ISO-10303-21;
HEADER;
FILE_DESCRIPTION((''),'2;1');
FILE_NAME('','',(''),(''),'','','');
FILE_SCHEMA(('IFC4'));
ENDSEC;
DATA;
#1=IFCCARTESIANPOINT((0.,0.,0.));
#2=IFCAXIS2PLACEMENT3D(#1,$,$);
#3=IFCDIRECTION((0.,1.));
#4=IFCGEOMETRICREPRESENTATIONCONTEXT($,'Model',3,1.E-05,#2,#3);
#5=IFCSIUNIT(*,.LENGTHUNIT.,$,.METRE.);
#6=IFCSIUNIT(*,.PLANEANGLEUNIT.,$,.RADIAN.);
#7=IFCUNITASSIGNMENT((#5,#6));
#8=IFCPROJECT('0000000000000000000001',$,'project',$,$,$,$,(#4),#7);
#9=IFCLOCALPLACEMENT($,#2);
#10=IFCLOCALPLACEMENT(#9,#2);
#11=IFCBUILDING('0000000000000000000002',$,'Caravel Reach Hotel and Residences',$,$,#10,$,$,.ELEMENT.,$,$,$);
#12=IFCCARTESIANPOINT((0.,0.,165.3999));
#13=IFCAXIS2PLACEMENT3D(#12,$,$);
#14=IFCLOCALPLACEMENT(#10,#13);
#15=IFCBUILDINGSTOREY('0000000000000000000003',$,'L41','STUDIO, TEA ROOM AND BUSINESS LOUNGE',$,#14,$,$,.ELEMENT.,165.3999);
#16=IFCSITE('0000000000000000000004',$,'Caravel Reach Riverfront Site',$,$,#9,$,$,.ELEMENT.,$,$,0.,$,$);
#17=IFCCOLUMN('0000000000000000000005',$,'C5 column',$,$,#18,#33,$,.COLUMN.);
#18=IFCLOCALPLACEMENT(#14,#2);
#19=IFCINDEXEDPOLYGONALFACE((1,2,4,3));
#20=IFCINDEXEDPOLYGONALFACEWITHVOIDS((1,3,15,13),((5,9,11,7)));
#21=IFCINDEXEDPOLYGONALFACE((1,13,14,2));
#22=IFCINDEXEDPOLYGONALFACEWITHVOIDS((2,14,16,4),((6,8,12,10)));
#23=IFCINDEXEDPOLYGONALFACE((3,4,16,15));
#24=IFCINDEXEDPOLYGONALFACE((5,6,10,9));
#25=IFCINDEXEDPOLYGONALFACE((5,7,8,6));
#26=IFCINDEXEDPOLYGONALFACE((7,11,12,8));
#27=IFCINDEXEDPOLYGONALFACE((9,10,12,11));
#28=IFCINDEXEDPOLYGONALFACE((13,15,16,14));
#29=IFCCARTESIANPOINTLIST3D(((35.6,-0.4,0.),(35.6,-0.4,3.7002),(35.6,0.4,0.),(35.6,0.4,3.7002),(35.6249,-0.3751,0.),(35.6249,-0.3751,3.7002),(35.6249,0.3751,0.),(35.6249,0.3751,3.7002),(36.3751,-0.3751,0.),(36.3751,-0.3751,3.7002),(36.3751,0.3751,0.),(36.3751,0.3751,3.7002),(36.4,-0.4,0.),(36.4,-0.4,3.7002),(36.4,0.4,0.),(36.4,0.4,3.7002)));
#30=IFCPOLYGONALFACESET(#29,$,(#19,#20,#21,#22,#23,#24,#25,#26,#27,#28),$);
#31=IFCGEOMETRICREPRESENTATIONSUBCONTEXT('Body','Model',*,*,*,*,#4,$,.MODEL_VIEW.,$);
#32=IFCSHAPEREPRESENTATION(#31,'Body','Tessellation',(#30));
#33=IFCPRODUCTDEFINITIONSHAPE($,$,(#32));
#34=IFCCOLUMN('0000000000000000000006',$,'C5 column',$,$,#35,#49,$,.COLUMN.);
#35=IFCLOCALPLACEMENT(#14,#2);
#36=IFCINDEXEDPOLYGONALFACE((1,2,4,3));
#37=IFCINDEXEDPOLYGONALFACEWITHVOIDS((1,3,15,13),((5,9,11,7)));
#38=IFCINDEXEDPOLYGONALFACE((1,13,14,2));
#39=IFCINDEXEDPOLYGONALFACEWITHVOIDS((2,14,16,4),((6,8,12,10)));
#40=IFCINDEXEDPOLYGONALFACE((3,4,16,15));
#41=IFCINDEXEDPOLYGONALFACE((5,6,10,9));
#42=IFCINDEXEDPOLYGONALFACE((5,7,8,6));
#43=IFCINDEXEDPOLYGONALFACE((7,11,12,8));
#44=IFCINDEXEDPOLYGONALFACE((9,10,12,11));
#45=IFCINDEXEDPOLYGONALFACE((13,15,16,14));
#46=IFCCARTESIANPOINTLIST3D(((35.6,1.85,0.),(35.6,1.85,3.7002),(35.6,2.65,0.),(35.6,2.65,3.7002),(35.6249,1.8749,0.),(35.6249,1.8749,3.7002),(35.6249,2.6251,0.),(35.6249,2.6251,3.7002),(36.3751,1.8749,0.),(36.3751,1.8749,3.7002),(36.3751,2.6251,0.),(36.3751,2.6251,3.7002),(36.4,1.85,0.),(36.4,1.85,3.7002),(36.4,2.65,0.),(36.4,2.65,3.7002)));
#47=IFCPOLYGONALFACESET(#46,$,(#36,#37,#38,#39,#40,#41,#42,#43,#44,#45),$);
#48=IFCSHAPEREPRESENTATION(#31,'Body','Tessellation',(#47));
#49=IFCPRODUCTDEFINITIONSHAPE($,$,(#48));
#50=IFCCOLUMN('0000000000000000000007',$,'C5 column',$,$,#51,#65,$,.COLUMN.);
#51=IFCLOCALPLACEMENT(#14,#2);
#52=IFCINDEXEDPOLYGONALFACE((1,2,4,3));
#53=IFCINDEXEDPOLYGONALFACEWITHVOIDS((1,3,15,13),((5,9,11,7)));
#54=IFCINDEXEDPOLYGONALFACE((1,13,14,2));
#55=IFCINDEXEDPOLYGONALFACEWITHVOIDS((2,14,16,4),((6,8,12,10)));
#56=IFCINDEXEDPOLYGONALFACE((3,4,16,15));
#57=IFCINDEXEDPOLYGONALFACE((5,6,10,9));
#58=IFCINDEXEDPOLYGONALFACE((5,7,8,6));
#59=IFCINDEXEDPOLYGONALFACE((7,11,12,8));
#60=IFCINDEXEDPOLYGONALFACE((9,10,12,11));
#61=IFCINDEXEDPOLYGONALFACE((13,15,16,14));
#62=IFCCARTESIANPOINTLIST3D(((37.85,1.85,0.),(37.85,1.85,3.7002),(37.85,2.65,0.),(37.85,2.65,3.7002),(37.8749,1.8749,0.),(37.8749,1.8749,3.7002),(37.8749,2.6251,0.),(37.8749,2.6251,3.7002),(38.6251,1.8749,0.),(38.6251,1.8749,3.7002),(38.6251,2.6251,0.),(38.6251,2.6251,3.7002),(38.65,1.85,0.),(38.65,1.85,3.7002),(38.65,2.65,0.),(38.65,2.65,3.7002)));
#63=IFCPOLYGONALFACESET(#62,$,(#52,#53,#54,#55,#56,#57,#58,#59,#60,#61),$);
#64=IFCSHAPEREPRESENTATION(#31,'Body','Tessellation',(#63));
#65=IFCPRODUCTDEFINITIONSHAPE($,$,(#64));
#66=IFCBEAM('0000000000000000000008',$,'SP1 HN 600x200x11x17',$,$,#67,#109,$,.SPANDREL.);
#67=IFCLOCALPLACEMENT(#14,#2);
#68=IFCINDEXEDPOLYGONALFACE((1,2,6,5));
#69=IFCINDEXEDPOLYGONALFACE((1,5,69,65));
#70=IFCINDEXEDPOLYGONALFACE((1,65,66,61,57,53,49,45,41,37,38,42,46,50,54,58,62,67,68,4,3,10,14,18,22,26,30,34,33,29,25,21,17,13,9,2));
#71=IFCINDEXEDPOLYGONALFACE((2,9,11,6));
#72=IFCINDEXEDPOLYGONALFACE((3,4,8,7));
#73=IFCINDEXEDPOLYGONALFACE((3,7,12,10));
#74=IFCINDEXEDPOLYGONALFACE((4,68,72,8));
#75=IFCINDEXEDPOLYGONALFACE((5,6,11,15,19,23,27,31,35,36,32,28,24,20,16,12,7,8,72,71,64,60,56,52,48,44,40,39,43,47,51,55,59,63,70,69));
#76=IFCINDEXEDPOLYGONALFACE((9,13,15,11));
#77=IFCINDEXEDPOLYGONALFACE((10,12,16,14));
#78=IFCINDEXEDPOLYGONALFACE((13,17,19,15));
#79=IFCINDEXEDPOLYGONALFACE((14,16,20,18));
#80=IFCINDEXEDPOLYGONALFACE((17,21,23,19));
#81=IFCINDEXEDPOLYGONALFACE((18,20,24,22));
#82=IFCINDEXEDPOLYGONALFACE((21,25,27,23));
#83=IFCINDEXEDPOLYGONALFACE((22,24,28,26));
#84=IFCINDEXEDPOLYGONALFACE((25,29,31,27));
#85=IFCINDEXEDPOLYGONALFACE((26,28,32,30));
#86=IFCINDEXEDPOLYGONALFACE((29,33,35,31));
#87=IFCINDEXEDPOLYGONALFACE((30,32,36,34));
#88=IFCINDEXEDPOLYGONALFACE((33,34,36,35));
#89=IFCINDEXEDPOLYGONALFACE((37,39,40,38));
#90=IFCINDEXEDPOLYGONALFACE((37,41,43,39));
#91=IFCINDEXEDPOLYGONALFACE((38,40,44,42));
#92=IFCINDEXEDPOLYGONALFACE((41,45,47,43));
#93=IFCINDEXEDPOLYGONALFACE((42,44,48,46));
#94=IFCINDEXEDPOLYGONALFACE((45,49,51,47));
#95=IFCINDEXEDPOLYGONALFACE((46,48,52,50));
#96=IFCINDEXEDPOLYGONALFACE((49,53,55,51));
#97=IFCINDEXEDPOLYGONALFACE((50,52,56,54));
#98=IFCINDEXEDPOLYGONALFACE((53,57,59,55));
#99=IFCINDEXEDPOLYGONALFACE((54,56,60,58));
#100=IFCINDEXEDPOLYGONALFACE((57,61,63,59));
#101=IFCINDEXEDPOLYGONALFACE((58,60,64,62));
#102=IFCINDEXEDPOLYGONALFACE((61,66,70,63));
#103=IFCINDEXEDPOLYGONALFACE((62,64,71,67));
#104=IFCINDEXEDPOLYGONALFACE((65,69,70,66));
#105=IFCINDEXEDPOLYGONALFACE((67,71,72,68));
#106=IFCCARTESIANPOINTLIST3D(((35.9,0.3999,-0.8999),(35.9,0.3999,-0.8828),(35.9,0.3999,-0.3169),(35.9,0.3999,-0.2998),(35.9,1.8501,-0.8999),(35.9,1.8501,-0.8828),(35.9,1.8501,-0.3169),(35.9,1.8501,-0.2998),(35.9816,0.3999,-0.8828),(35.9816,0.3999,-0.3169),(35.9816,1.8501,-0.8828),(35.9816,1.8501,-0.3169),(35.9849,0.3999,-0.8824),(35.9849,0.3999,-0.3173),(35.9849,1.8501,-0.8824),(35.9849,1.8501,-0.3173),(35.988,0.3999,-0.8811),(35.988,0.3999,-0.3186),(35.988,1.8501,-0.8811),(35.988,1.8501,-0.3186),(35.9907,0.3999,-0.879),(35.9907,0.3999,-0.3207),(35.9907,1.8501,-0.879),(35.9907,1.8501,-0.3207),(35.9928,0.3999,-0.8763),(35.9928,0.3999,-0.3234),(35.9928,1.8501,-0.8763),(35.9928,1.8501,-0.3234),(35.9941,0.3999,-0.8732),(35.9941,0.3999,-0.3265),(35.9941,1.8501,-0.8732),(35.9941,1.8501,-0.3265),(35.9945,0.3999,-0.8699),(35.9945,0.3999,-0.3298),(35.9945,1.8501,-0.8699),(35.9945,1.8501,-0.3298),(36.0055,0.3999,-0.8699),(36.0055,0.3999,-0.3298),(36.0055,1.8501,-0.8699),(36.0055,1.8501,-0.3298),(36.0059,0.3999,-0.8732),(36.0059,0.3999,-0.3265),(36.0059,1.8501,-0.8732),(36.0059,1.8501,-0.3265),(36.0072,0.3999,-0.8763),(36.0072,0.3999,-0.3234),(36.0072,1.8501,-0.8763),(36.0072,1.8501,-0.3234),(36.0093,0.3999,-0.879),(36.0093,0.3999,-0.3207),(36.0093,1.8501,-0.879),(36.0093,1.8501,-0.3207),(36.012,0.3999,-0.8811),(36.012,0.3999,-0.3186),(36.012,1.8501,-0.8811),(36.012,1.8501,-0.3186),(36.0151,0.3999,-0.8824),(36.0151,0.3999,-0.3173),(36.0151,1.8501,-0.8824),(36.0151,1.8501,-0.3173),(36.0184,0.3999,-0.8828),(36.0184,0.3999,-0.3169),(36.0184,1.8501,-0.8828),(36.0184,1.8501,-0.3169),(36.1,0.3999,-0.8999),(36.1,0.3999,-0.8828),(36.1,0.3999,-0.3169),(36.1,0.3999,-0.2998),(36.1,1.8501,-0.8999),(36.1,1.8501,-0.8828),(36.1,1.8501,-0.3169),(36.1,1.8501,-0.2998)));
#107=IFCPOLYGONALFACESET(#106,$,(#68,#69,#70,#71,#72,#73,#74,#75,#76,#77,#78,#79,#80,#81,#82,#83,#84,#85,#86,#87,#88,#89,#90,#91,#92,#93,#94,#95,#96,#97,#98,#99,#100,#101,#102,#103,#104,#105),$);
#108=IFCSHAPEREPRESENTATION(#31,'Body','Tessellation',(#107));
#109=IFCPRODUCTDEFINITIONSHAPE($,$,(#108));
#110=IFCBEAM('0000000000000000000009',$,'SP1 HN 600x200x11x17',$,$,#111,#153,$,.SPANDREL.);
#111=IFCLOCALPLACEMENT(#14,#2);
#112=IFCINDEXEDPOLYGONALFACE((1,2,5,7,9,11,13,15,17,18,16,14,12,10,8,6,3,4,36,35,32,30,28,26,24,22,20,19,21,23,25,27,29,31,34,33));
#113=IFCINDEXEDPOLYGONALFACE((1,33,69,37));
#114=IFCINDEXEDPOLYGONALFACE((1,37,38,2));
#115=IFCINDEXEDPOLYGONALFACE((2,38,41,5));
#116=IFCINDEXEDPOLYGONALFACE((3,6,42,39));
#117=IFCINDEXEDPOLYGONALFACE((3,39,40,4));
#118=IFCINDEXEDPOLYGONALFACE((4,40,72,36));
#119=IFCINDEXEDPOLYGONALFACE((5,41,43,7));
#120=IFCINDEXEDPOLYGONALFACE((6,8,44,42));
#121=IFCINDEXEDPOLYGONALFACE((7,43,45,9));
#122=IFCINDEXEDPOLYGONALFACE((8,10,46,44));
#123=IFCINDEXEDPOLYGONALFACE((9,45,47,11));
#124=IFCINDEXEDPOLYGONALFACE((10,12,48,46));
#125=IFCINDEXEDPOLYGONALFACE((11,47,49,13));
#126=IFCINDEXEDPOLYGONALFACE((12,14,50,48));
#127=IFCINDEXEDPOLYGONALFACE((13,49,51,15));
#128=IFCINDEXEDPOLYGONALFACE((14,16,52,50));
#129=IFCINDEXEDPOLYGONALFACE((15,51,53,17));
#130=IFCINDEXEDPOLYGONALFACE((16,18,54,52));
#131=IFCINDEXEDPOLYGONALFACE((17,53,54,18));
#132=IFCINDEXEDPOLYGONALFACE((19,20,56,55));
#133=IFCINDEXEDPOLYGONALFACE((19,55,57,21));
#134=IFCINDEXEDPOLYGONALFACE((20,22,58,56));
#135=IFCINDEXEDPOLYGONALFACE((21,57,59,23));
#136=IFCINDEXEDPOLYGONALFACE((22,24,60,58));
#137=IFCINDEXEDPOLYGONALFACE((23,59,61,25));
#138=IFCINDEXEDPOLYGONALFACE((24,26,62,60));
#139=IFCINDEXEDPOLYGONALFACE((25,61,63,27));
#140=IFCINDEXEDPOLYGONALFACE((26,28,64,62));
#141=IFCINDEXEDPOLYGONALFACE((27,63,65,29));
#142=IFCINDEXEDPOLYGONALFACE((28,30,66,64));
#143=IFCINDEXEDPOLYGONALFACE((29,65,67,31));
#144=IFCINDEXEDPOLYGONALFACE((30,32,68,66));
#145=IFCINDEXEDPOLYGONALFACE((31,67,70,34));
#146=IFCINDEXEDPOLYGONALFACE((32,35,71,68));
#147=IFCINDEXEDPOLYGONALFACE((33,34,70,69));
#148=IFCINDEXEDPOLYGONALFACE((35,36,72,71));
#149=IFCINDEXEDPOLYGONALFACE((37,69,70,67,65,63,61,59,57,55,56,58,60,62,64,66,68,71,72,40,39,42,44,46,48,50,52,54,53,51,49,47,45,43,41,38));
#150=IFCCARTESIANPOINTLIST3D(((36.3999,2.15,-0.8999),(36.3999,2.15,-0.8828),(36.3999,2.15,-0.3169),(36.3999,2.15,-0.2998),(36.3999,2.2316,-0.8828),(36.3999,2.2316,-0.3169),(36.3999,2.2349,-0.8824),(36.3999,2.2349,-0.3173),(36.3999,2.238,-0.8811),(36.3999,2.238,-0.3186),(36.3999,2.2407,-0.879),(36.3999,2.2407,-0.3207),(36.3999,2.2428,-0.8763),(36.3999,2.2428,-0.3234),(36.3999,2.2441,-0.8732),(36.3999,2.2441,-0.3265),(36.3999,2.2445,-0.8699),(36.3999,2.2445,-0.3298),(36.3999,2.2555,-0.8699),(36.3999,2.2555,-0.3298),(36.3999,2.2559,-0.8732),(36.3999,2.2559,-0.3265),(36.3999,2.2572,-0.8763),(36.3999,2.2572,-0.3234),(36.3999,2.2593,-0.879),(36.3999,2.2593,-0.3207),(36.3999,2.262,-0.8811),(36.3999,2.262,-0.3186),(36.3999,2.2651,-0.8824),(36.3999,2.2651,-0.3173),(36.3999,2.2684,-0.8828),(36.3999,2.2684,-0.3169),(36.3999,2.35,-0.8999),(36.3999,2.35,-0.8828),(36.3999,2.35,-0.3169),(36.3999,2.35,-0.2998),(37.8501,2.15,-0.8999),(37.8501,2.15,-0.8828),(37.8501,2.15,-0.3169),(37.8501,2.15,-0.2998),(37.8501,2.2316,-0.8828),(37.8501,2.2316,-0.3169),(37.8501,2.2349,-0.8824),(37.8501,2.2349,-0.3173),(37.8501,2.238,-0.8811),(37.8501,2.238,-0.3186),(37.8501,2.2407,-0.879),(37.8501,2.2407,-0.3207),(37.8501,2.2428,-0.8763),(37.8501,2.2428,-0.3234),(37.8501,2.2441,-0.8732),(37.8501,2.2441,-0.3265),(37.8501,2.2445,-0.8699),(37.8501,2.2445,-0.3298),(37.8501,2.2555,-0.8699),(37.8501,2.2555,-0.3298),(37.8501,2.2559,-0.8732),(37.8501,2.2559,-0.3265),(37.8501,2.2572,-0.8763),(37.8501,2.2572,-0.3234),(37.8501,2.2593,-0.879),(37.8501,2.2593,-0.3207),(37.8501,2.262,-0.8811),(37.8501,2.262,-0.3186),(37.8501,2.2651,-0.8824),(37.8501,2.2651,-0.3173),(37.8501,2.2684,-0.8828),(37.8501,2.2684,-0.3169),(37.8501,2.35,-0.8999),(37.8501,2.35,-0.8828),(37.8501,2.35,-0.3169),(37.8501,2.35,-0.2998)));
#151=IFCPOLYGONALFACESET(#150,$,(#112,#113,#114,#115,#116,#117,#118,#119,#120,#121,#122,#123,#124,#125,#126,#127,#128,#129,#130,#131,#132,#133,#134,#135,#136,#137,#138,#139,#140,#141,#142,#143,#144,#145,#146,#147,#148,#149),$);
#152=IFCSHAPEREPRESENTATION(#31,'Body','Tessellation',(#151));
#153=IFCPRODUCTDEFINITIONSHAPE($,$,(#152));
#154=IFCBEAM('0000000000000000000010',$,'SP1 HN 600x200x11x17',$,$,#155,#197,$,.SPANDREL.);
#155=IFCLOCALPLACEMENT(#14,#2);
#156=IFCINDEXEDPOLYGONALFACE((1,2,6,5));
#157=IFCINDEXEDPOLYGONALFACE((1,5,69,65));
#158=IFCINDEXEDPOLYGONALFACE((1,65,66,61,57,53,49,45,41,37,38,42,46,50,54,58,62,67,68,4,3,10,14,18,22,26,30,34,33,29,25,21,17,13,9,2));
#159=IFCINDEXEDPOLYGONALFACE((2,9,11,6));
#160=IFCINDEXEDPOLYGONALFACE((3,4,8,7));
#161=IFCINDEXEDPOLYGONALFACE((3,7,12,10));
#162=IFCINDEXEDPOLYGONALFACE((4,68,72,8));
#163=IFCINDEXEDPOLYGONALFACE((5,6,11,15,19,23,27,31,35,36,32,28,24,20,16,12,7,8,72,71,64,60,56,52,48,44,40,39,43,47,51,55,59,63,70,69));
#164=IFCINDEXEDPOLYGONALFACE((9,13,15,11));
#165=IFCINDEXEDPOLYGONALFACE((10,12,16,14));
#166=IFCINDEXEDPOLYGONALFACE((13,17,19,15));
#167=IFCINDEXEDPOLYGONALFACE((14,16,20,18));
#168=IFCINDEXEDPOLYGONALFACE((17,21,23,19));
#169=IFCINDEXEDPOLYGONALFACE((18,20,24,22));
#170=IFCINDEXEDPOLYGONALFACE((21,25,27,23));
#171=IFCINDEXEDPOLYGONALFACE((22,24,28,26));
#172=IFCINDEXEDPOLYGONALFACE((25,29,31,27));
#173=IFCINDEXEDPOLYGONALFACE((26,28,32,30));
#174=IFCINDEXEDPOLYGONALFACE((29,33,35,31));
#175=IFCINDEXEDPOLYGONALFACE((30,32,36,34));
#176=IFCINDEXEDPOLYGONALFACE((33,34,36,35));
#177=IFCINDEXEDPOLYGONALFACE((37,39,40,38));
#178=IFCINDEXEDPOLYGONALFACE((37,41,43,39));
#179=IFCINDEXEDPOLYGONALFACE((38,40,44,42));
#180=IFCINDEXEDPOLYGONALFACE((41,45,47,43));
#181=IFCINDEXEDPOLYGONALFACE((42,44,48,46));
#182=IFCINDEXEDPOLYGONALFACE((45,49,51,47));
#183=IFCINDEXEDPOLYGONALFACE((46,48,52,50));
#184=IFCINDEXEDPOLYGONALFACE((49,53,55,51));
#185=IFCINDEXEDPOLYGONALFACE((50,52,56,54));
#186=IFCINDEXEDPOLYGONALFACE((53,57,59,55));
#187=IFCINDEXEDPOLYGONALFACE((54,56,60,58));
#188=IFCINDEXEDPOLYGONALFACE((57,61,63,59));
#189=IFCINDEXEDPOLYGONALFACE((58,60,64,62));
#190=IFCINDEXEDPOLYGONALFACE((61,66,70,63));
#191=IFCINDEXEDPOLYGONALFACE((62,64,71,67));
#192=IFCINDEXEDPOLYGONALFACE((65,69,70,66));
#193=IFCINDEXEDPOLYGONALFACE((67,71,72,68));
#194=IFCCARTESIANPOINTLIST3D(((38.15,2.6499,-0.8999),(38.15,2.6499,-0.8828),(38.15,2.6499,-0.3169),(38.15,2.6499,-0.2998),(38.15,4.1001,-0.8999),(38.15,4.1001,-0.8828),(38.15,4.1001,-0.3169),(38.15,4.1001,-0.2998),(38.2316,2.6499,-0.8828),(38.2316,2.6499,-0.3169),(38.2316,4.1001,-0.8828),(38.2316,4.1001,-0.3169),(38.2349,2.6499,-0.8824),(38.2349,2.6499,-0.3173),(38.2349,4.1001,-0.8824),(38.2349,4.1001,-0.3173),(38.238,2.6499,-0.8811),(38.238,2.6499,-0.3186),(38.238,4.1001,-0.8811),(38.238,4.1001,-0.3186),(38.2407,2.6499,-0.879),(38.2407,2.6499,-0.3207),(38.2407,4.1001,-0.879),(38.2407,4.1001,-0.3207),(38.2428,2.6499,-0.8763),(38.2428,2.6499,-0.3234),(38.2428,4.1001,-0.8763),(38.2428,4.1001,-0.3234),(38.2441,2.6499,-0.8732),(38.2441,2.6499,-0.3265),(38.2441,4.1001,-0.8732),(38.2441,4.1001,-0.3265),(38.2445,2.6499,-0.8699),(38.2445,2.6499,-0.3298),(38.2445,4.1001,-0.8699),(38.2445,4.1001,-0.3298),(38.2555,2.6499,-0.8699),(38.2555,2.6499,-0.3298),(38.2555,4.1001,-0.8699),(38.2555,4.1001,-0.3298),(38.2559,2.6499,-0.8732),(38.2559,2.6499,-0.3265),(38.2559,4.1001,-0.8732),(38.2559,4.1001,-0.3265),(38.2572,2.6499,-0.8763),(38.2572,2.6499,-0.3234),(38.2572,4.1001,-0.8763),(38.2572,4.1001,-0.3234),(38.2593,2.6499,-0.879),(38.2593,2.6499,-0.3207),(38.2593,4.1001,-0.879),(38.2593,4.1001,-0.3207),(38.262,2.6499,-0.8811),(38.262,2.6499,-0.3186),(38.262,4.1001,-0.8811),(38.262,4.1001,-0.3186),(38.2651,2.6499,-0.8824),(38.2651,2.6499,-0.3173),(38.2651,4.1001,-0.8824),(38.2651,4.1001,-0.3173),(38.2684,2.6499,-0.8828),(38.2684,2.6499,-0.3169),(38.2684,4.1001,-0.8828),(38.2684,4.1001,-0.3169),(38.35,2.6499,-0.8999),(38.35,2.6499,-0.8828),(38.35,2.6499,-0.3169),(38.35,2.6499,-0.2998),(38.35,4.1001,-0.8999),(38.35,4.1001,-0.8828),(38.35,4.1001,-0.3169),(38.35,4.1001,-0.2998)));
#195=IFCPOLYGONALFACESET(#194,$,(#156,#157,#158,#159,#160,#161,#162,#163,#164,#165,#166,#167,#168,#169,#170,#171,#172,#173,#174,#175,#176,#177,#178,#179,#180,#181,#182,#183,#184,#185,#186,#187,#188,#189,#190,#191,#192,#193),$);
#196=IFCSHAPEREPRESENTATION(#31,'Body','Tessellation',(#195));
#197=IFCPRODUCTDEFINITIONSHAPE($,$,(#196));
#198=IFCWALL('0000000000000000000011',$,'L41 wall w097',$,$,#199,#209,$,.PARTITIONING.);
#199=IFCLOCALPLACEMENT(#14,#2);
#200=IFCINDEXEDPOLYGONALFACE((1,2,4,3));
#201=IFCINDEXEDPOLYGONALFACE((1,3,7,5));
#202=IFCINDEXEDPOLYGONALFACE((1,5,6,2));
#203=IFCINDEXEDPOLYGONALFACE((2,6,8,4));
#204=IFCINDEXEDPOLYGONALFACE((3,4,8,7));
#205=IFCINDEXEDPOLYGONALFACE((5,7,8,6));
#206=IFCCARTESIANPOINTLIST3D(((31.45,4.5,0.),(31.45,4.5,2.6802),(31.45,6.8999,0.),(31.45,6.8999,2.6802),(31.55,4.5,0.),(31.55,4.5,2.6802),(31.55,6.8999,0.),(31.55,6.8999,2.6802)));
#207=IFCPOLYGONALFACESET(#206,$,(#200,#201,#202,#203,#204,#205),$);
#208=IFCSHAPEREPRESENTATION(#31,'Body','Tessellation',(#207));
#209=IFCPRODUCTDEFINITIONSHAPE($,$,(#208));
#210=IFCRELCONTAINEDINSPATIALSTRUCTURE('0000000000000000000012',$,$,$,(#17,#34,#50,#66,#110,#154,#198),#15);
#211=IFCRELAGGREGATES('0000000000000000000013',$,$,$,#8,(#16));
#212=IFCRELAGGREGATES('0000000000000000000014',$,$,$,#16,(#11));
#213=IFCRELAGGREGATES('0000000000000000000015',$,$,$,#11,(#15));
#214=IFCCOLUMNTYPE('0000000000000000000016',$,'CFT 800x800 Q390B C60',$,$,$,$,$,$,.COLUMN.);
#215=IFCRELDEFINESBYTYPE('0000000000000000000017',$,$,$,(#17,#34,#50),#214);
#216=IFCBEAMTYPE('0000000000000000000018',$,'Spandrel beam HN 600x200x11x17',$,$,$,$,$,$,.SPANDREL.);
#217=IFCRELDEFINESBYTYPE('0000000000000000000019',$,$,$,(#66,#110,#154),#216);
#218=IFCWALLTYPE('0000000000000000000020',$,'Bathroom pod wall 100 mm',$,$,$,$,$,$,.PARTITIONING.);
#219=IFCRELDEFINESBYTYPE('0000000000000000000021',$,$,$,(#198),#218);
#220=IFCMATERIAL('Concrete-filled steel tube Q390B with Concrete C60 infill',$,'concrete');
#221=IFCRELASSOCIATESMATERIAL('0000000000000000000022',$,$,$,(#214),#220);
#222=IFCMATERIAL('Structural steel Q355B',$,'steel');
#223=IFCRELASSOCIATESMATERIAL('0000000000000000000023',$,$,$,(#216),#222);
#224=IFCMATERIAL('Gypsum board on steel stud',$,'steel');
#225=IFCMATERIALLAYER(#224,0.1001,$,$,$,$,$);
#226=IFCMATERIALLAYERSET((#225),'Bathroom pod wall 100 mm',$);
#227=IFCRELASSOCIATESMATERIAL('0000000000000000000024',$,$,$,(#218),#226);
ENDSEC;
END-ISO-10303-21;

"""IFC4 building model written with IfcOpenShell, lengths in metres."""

from ifc_helpers import new_model, si_unit, direction, frame, frame_2d, origin, origin_2d, place, context, subcontext, project, spatial, rectangle, hollow_rectangle, i_section, extrude, material, layer, layer_set, material_profile, profile_set, type_object, element, save


model = new_model("IFC4")

# Units and contexts
model_context = context("Model", 3, precision=1e-05, world=origin(), true_north=direction((0.0, 1.0)))
body_context = subcontext(model_context, "Body", "Model", "MODEL_VIEW")
ifc_project = project(units=[si_unit("LENGTHUNIT", "METRE"), si_unit("PLANEANGLEUNIT", "RADIAN")], contexts=[model_context])

# Site, building, storey
site_placement = place(None, origin())
site = spatial("IfcSite", under=ifc_project, at=site_placement, Name="Caravel Reach Riverfront Site", CompositionType="ELEMENT", RefElevation=0.0)
building_placement = place(site_placement, origin())
building = spatial("IfcBuilding", under=site, at=building_placement, Name="Caravel Reach Hotel and Residences", CompositionType="ELEMENT")
storey_placement = place(building_placement, frame((0.0, 0.0, 165.3999)))
storey = spatial("IfcBuildingStorey", under=building, at=storey_placement, Name="L41", Description="STUDIO, TEA ROOM AND BUSINESS LOUNGE", CompositionType="ELEMENT", Elevation=165.3999)

# Columns
ifc_material_1 = material(Name="Concrete-filled steel tube Q390B with Concrete C60 infill", Category="concrete")
ifc_material_profile_1 = material_profile(ifc_material_1, hollow_rectangle(XDim=0.8, YDim=0.8, WallThickness=0.0249, at=origin_2d()), Name="RHS 800x800x25")
ifc_profile_set_1 = profile_set([ifc_material_profile_1], Name="Concrete-filled steel tube Q390B with Concrete C60 infill")
column_type = type_object("IfcColumnType", Name="CFT 800x800 Q390B C60", PredefinedType="COLUMN", material=ifc_profile_set_1)
for number, where, z_axis, x_axis, name in (
    (1, (36.0, 0.0, 0.0), (0.0, 0.0, 1.0), (1.0, 0.0, 0.0), "C5 column"),
    (2, (36.0, 2.25, 0.0), (0.0, 0.0, 1.0), (1.0, 0.0, 0.0), "C5 column"),
    (3, (38.25, 2.25, 0.0), (0.0, 0.0, 1.0), (1.0, 0.0, 0.0), "C5 column"),
):
    element("IfcColumn", number, at=place(storey_placement, frame(where, z_axis=z_axis, x_axis=x_axis)), inside=storey, type_object=column_type, Name=name, PredefinedType="COLUMN", context=body_context, shape_type="SweptSolid", body=[
        extrude(hollow_rectangle(XDim=0.8, YDim=0.8, WallThickness=0.0249, at=origin_2d()), origin(), (0.0, 0.0, 1.0), 3.7002),
    ])

# Beams
ifc_material_2 = material(Name="Structural steel Q355B", Category="steel")
ifc_material_profile_2 = material_profile(ifc_material_2, i_section(OverallWidth=0.2, OverallDepth=0.6001, WebThickness=0.011, FlangeThickness=0.0171, FilletRadius=0.0129, at=origin_2d()), Name="HN 600x200x11x17")
ifc_profile_set_2 = profile_set([ifc_material_profile_2], Name="Structural steel Q355B")
beam_type = type_object("IfcBeamType", Name="Spandrel beam HN 600x200x11x17", PredefinedType="SPANDREL", material=ifc_profile_set_2)
for number, where, z_axis, x_axis, name in (
    (4, (36.0, 0.3999, -0.5999), (0.0, 1.0, 0.0), (-1.0, 0.0, 0.0), "SP1 HN 600x200x11x17"),
    (5, (36.3999, 2.25, -0.5999), (1.0, 0.0, 0.0), (0.0, 1.0, 0.0), "SP1 HN 600x200x11x17"),
    (6, (38.25, 2.6499, -0.5999), (0.0, 1.0, 0.0), (-1.0, 0.0, 0.0), "SP1 HN 600x200x11x17"),
):
    element("IfcBeam", number, at=place(storey_placement, frame(where, z_axis=z_axis, x_axis=x_axis)), inside=storey, type_object=beam_type, Name=name, PredefinedType="SPANDREL", context=body_context, shape_type="SweptSolid", body=[
        extrude(i_section(OverallWidth=0.2, OverallDepth=0.6001, WebThickness=0.011, FlangeThickness=0.0171, FilletRadius=0.0129, at=origin_2d()), origin(), (0.0, 0.0, 1.0), 1.4502),
    ])

# Wall
ifc_material_3 = material(Name="Gypsum board on steel stud", Category="steel")
ifc_layer_1 = layer(ifc_material_3, 0.1001)
ifc_layer_set_1 = layer_set([ifc_layer_1], Name="Bathroom pod wall 100 mm")
wall_type_1 = type_object("IfcWallType", Name="Bathroom pod wall 100 mm", PredefinedType="PARTITIONING", material=ifc_layer_set_1)
wall_1_placement = place(storey_placement, frame((31.5, 4.5, 0.0), z_axis=(0.0, 0.0, 1.0), x_axis=(0.0, 1.0, 0.0)))
element("IfcWall", 7, at=wall_1_placement, inside=storey, type_object=wall_type_1, Name="L41 wall w097", PredefinedType="PARTITIONING", context=body_context, shape_type="SweptSolid", body=[
    extrude(rectangle(XDim=2.3999, YDim=0.1001, at=frame_2d((1.2, 0.0))), origin(), (0.0, 0.0, 1.0), 2.6802),
])

save(model, "model.ifc")
